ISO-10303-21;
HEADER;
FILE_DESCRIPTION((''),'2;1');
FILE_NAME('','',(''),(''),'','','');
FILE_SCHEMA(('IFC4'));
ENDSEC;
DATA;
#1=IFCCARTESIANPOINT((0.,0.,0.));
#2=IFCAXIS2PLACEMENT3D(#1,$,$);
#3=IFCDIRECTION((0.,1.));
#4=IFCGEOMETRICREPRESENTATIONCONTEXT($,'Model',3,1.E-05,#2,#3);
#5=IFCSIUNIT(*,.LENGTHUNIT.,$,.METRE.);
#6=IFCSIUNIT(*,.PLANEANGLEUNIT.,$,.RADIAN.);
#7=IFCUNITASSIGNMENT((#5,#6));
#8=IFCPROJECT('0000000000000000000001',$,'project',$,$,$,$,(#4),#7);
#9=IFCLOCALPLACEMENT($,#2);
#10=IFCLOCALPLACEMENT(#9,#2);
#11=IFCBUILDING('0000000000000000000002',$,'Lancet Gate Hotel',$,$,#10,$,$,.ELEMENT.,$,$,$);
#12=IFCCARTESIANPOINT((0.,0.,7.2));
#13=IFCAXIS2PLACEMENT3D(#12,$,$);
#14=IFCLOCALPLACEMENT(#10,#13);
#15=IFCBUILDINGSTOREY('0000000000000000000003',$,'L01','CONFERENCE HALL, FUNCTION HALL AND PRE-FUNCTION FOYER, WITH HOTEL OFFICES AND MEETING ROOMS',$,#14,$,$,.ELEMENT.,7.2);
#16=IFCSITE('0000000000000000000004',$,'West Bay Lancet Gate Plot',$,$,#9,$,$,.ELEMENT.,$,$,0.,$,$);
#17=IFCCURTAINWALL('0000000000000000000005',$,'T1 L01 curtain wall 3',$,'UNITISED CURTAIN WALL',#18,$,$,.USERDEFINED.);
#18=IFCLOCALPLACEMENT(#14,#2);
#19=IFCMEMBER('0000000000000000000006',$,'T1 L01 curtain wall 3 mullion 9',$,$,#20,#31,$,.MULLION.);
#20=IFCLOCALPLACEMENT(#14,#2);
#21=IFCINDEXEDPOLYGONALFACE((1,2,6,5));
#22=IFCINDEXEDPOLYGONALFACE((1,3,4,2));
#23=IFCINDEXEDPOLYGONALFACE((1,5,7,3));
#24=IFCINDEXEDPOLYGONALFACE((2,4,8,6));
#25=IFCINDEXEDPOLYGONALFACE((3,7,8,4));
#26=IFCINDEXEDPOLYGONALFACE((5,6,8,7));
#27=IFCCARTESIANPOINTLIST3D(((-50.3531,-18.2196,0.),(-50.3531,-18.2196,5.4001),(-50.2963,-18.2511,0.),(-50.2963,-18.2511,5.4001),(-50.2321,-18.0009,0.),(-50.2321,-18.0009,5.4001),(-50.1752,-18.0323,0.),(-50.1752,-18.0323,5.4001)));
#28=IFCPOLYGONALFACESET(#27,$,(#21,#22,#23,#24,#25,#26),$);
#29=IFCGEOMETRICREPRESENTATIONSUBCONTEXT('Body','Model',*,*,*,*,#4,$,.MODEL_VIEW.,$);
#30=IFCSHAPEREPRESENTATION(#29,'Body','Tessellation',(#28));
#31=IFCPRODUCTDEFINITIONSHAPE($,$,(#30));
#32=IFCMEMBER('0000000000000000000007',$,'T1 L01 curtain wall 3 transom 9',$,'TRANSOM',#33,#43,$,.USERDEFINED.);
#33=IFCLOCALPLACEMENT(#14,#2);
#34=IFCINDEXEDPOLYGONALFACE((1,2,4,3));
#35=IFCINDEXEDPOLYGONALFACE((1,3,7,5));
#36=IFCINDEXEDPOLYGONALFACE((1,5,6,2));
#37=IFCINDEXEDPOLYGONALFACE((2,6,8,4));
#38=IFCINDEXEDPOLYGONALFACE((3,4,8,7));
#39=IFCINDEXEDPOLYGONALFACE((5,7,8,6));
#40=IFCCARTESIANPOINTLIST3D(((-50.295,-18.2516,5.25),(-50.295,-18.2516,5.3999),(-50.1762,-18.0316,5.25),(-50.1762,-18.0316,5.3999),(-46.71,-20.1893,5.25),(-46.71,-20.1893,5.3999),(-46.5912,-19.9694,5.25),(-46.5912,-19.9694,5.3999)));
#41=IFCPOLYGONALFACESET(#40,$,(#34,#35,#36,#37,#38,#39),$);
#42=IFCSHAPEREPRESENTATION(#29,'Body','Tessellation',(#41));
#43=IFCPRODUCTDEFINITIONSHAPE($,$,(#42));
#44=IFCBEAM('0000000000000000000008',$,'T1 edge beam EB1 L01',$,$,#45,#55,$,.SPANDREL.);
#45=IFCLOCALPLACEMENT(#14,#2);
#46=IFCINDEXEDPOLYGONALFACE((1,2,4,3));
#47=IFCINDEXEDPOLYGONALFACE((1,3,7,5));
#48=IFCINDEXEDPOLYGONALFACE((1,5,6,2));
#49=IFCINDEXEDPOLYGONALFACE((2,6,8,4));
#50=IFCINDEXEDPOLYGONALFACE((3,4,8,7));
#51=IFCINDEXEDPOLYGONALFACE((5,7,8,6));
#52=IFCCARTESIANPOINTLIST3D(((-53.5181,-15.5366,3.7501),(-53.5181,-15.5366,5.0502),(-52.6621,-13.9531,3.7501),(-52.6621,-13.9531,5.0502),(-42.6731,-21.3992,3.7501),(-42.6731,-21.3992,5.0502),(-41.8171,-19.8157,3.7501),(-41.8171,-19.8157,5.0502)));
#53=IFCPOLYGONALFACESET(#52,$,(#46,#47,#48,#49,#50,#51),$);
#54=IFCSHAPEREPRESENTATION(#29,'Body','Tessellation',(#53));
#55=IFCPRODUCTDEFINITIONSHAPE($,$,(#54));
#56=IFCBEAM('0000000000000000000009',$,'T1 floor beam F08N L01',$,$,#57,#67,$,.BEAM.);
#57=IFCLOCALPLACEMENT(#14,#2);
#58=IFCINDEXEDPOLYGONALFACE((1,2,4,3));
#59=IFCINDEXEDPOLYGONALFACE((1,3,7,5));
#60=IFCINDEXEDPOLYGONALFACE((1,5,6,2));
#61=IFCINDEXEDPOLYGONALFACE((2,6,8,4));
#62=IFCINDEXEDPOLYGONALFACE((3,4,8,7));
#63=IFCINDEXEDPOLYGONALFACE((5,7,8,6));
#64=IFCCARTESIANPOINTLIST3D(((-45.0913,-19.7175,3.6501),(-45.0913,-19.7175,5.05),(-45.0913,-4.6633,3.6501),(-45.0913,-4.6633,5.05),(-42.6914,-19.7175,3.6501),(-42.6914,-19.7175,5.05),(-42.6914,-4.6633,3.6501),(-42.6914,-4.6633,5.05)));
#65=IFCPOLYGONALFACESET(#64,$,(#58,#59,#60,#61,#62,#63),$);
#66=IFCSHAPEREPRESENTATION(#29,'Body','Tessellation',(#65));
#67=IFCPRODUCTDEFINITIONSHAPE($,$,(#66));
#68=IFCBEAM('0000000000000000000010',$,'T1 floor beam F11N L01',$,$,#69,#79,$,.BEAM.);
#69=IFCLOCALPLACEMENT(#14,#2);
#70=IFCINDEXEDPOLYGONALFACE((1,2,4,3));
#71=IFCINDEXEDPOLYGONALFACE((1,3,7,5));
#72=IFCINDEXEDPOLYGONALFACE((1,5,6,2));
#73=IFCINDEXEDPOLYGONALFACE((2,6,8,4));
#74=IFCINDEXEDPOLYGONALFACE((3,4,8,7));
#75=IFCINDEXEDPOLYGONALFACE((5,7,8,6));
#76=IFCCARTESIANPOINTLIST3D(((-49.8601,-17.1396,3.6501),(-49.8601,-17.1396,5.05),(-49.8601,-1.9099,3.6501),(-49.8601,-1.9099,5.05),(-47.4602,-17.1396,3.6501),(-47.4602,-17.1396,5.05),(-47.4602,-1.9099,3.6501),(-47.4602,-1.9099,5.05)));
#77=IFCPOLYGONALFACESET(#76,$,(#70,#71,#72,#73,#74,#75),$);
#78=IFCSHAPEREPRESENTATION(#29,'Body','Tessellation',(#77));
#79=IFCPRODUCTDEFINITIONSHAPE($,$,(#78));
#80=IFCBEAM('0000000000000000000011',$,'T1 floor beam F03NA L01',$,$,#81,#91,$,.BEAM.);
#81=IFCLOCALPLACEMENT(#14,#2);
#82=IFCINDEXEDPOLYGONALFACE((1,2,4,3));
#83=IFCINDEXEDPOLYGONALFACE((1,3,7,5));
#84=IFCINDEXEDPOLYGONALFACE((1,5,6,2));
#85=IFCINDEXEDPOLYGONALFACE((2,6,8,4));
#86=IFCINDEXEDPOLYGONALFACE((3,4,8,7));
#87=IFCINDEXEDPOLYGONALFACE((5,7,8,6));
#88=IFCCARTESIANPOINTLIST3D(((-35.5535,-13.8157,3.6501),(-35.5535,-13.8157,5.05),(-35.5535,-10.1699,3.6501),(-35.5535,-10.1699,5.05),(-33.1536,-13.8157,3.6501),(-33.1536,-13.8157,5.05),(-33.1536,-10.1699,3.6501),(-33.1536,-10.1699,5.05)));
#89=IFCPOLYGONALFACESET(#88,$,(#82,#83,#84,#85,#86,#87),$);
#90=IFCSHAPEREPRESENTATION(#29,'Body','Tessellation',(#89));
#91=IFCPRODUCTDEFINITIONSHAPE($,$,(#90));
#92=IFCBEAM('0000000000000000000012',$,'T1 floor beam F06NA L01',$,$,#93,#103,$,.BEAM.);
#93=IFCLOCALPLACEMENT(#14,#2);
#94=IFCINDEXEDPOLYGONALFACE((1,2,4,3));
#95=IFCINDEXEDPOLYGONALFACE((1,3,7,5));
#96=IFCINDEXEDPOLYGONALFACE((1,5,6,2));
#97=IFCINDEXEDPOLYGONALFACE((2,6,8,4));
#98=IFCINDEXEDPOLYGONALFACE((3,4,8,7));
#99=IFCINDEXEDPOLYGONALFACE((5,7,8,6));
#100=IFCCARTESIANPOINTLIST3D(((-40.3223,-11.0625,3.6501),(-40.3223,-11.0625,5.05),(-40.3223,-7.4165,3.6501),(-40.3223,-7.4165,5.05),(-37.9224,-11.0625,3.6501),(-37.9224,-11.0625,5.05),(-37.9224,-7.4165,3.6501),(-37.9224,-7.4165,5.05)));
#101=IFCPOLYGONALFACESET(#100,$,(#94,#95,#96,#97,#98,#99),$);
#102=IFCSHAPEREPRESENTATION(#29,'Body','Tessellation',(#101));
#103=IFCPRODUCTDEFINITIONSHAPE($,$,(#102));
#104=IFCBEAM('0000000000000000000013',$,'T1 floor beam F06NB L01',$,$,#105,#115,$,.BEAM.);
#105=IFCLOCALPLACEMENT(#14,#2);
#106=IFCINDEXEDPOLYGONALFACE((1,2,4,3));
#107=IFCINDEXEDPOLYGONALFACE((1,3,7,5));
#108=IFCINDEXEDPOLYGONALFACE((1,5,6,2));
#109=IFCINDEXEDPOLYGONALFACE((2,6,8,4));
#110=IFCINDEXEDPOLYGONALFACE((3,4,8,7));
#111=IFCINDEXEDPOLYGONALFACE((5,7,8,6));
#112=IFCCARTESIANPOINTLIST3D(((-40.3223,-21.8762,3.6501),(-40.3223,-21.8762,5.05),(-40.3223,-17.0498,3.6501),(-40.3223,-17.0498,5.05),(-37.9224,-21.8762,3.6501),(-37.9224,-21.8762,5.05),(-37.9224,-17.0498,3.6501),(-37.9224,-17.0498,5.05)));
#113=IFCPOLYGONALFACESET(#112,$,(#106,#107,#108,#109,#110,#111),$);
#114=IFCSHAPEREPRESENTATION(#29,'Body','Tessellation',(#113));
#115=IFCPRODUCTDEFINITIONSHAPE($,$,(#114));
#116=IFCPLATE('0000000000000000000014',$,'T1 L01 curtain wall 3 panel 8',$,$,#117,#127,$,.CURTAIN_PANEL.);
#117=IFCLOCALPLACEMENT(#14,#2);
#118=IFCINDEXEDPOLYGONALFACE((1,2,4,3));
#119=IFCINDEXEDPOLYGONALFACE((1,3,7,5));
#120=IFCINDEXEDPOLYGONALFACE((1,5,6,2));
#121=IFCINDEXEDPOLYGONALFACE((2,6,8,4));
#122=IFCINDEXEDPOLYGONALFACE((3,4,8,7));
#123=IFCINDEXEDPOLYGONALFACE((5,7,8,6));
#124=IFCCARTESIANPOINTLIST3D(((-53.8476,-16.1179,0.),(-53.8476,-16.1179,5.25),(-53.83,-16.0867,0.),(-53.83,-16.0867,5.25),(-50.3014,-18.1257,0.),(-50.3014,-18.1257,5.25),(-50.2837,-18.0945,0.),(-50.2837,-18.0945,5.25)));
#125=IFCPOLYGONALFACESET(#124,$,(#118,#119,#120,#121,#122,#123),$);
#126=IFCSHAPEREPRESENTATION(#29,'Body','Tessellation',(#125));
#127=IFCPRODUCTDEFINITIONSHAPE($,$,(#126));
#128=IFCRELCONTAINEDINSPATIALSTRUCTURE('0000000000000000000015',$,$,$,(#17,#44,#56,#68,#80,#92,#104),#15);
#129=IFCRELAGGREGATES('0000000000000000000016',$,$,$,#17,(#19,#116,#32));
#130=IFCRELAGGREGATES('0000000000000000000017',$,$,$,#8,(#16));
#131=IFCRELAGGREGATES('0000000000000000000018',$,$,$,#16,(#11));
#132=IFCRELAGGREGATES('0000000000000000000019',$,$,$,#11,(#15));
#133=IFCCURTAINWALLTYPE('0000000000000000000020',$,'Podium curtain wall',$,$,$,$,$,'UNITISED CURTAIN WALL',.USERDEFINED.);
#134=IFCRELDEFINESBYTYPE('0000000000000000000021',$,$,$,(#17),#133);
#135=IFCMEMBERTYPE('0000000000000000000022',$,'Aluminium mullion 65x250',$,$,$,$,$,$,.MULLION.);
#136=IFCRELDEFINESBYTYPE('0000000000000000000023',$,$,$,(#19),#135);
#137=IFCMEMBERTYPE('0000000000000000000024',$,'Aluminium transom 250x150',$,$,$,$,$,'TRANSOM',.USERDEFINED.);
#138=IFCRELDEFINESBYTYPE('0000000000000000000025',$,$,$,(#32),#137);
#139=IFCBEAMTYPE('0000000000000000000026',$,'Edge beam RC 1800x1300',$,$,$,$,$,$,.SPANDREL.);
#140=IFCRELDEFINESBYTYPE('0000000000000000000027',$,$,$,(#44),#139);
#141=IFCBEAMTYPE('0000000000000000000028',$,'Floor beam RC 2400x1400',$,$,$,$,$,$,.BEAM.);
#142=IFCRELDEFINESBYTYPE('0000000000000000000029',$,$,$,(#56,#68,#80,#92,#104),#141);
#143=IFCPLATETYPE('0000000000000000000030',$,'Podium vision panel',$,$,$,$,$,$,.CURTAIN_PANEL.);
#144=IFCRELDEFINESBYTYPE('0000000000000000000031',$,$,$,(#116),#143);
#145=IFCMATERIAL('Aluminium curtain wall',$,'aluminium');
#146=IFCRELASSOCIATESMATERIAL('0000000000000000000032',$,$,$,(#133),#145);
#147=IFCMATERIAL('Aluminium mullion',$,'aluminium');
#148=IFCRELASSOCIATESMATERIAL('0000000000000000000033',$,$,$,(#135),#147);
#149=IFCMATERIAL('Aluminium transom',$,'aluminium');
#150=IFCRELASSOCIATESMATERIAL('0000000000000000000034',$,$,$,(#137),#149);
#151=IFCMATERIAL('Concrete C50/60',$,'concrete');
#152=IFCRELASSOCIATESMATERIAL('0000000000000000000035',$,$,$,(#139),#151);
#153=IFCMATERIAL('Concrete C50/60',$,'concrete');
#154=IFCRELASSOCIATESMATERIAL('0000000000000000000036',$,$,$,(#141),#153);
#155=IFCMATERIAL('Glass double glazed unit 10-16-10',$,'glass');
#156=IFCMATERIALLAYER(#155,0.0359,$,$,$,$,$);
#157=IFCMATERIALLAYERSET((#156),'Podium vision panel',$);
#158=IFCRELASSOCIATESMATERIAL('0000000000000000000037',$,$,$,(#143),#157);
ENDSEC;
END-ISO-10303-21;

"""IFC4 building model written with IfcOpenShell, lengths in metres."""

from ifc_helpers import new_model, si_unit, direction, frame, origin, origin_2d, place, context, subcontext, project, spatial, rectangle, extrude, material, layer, layer_set, material_profile, profile_set, type_object, element, aggregate, save


model = new_model("IFC4")

# Units and contexts
model_context = context("Model", 3, precision=1e-05, world=origin(), true_north=direction((0.0, 1.0)))
body_context = subcontext(model_context, "Body", "Model", "MODEL_VIEW")
ifc_project = project(units=[si_unit("LENGTHUNIT", "METRE"), si_unit("PLANEANGLEUNIT", "RADIAN")], contexts=[model_context])

# Site, building, storey
site_placement = place(None, origin())
site = spatial("IfcSite", under=ifc_project, at=site_placement, Name="West Bay Lancet Gate Plot", CompositionType="ELEMENT", RefElevation=0.0)
building_placement = place(site_placement, origin())
building = spatial("IfcBuilding", under=site, at=building_placement, Name="Lancet Gate Hotel", CompositionType="ELEMENT")
storey_placement = place(building_placement, frame((0.0, 0.0, 7.2)))
storey = spatial("IfcBuildingStorey", under=building, at=storey_placement, Name="L01", Description="CONFERENCE HALL, FUNCTION HALL AND PRE-FUNCTION FOYER, WITH HOTEL OFFICES AND MEETING ROOMS", CompositionType="ELEMENT", Elevation=7.2)

# Curtain wall, members
ifc_material_1 = material(Name="Aluminium curtain wall", Category="aluminium")
curtain_wall_type = type_object("IfcCurtainWallType", Name="Podium curtain wall", ElementType="UNITISED CURTAIN WALL", PredefinedType="USERDEFINED", material=ifc_material_1)
curtain_wall_placement = place(storey_placement, origin())
curtain_wall = element("IfcCurtainWall", 1, at=curtain_wall_placement, inside=storey, type_object=curtain_wall_type, Name="T1 L01 curtain wall 3", ObjectType="UNITISED CURTAIN WALL", PredefinedType="USERDEFINED")
ifc_material_2 = material(Name="Aluminium mullion", Category="aluminium")
ifc_material_profile_1 = material_profile(ifc_material_2, rectangle(XDim=0.0649, YDim=0.25, at=origin_2d()), Name="MULLION 65x250")
ifc_profile_set_1 = profile_set([ifc_material_profile_1], Name="Aluminium mullion")
member_type_1 = type_object("IfcMemberType", Name="Aluminium mullion 65x250", PredefinedType="MULLION", material=ifc_profile_set_1)
member_1_placement = place(storey_placement, frame((-50.2642, -18.126, 0.0), z_axis=(0.0, 0.0, 1.0), x_axis=(0.874991, -0.484139, 0.0)))
member_1 = element("IfcMember", 2, at=member_1_placement, type_object=member_type_1, Name="T1 L01 curtain wall 3 mullion 9", PredefinedType="MULLION", context=body_context, shape_type="SweptSolid", body=[
    extrude(rectangle(XDim=0.0649, YDim=0.25, at=origin_2d()), origin(), (0.0, 0.0, 1.0), 5.4001),
])
ifc_material_3 = material(Name="Aluminium transom", Category="aluminium")
ifc_material_profile_2 = material_profile(ifc_material_3, rectangle(XDim=0.25, YDim=0.1499, at=origin_2d()), Name="TRANSOM 250x150")
ifc_profile_set_2 = profile_set([ifc_material_profile_2], Name="Aluminium transom")
member_type_2 = type_object("IfcMemberType", Name="Aluminium transom 250x150", ElementType="TRANSOM", PredefinedType="USERDEFINED", material=ifc_profile_set_2)
member_2_placement = place(storey_placement, frame((-50.2356, -18.1416, 5.325), z_axis=(0.879714, -0.475503, 0.0), x_axis=(0.475503, 0.879714, 0.0)))
member_2 = element("IfcMember", 3, at=member_2_placement, type_object=member_type_2, Name="T1 L01 curtain wall 3 transom 9", ObjectType="TRANSOM", PredefinedType="USERDEFINED", context=body_context, shape_type="SweptSolid", body=[
    extrude(rectangle(XDim=0.25, YDim=0.1499, at=origin_2d()), origin(), (0.0, 0.0, 1.0), 4.0752),
])

# Beams
ifc_material_4 = material(Name="Concrete C50/60", Category="concrete")
ifc_material_profile_3 = material_profile(ifc_material_4, rectangle(XDim=1.8, YDim=1.3, at=origin_2d()), Name="RC 1800x1300")
ifc_profile_set_3 = profile_set([ifc_material_profile_3], Name="Concrete C50/60")
beam_type_1 = type_object("IfcBeamType", Name="Edge beam RC 1800x1300", PredefinedType="SPANDREL", material=ifc_profile_set_3)
beam_1_placement = place(storey_placement, frame((-53.0901, -14.7449, 4.4001), z_axis=(0.879693, -0.475542, 0.0), x_axis=(0.475542, 0.879693, 0.0)))
element("IfcBeam", 4, at=beam_1_placement, inside=storey, type_object=beam_type_1, Name="T1 edge beam EB1 L01", PredefinedType="SPANDREL", context=body_context, shape_type="SweptSolid", body=[
    extrude(rectangle(XDim=1.8, YDim=1.3, at=origin_2d()), origin(), (0.0, 0.0, 1.0), 12.3281),
])
ifc_material_5 = material(Name="Concrete C50/60", Category="concrete")
ifc_material_profile_4 = material_profile(ifc_material_5, rectangle(XDim=2.3999, YDim=1.3999, at=origin_2d()), Name="RC 2400x1400")
ifc_profile_set_4 = profile_set([ifc_material_profile_4], Name="Concrete C50/60")
beam_type_2 = type_object("IfcBeamType", Name="Floor beam RC 2400x1400", PredefinedType="BEAM", material=ifc_profile_set_4)
beam_2_placement = place(storey_placement, frame((-43.8914, -4.6633, 4.3501), z_axis=(0.0, -1.0, 0.0), x_axis=(1.0, 0.0, 0.0)))
element("IfcBeam", 5, at=beam_2_placement, inside=storey, type_object=beam_type_2, Name="T1 floor beam F08N L01", PredefinedType="BEAM", context=body_context, shape_type="SweptSolid", body=[
    extrude(rectangle(XDim=2.3999, YDim=1.3999, at=origin_2d()), origin(), (0.0, 0.0, 1.0), 15.0542),
])
beam_3_placement = place(storey_placement, frame((-48.6602, -1.9099, 4.3501), z_axis=(0.0, -1.0, 0.0), x_axis=(1.0, 0.0, 0.0)))
element("IfcBeam", 6, at=beam_3_placement, inside=storey, type_object=beam_type_2, Name="T1 floor beam F11N L01", PredefinedType="BEAM", context=body_context, shape_type="SweptSolid", body=[
    extrude(rectangle(XDim=2.3999, YDim=1.3999, at=origin_2d()), origin(), (0.0, 0.0, 1.0), 15.2297),
])
beam_4_placement = place(storey_placement, frame((-34.3535, -10.1699, 4.3501), z_axis=(0.0, -1.0, 0.0), x_axis=(1.0, 0.0, 0.0)))
element("IfcBeam", 7, at=beam_4_placement, inside=storey, type_object=beam_type_2, Name="T1 floor beam F03NA L01", PredefinedType="BEAM", context=body_context, shape_type="SweptSolid", body=[
    extrude(rectangle(XDim=2.3999, YDim=1.3999, at=origin_2d()), origin(), (0.0, 0.0, 1.0), 3.6458),
])
beam_5_placement = place(storey_placement, frame((-39.1223, -7.4165, 4.3501), z_axis=(0.0, -1.0, 0.0), x_axis=(1.0, 0.0, 0.0)))
element("IfcBeam", 8, at=beam_5_placement, inside=storey, type_object=beam_type_2, Name="T1 floor beam F06NA L01", PredefinedType="BEAM", context=body_context, shape_type="SweptSolid", body=[
    extrude(rectangle(XDim=2.3999, YDim=1.3999, at=origin_2d()), origin(), (0.0, 0.0, 1.0), 3.646),
])
beam_6_placement = place(storey_placement, frame((-39.1223, -17.0498, 4.3501), z_axis=(0.0, -1.0, 0.0), x_axis=(1.0, 0.0, 0.0)))
element("IfcBeam", 9, at=beam_6_placement, inside=storey, type_object=beam_type_2, Name="T1 floor beam F06NB L01", PredefinedType="BEAM", context=body_context, shape_type="SweptSolid", body=[
    extrude(rectangle(XDim=2.3999, YDim=1.3999, at=origin_2d()), origin(), (0.0, 0.0, 1.0), 4.8264),
])

# Plate
ifc_material_6 = material(Name="Glass double glazed unit 10-16-10", Category="glass")
ifc_layer_1 = layer(ifc_material_6, 0.0359)
ifc_layer_set_1 = layer_set([ifc_layer_1], Name="Podium vision panel")
plate_type = type_object("IfcPlateType", Name="Podium vision panel", PredefinedType="CURTAIN_PANEL", material=ifc_layer_set_1)
plate_placement = place(storey_placement, frame((-52.0657, -17.1062, 0.0), z_axis=(0.0, 0.0, 1.0), x_axis=(0.870205, -0.49269, 0.0)))
plate = element("IfcPlate", 10, at=plate_placement, type_object=plate_type, Name="T1 L01 curtain wall 3 panel 8", PredefinedType="CURTAIN_PANEL", context=body_context, shape_type="SweptSolid", body=[
    extrude(rectangle(XDim=4.0752, YDim=0.0359, at=origin_2d()), origin(), (0.0, 0.0, 1.0), 5.25),
])
aggregate(curtain_wall, [member_1, plate, member_2])

save(model, "model.ifc")
